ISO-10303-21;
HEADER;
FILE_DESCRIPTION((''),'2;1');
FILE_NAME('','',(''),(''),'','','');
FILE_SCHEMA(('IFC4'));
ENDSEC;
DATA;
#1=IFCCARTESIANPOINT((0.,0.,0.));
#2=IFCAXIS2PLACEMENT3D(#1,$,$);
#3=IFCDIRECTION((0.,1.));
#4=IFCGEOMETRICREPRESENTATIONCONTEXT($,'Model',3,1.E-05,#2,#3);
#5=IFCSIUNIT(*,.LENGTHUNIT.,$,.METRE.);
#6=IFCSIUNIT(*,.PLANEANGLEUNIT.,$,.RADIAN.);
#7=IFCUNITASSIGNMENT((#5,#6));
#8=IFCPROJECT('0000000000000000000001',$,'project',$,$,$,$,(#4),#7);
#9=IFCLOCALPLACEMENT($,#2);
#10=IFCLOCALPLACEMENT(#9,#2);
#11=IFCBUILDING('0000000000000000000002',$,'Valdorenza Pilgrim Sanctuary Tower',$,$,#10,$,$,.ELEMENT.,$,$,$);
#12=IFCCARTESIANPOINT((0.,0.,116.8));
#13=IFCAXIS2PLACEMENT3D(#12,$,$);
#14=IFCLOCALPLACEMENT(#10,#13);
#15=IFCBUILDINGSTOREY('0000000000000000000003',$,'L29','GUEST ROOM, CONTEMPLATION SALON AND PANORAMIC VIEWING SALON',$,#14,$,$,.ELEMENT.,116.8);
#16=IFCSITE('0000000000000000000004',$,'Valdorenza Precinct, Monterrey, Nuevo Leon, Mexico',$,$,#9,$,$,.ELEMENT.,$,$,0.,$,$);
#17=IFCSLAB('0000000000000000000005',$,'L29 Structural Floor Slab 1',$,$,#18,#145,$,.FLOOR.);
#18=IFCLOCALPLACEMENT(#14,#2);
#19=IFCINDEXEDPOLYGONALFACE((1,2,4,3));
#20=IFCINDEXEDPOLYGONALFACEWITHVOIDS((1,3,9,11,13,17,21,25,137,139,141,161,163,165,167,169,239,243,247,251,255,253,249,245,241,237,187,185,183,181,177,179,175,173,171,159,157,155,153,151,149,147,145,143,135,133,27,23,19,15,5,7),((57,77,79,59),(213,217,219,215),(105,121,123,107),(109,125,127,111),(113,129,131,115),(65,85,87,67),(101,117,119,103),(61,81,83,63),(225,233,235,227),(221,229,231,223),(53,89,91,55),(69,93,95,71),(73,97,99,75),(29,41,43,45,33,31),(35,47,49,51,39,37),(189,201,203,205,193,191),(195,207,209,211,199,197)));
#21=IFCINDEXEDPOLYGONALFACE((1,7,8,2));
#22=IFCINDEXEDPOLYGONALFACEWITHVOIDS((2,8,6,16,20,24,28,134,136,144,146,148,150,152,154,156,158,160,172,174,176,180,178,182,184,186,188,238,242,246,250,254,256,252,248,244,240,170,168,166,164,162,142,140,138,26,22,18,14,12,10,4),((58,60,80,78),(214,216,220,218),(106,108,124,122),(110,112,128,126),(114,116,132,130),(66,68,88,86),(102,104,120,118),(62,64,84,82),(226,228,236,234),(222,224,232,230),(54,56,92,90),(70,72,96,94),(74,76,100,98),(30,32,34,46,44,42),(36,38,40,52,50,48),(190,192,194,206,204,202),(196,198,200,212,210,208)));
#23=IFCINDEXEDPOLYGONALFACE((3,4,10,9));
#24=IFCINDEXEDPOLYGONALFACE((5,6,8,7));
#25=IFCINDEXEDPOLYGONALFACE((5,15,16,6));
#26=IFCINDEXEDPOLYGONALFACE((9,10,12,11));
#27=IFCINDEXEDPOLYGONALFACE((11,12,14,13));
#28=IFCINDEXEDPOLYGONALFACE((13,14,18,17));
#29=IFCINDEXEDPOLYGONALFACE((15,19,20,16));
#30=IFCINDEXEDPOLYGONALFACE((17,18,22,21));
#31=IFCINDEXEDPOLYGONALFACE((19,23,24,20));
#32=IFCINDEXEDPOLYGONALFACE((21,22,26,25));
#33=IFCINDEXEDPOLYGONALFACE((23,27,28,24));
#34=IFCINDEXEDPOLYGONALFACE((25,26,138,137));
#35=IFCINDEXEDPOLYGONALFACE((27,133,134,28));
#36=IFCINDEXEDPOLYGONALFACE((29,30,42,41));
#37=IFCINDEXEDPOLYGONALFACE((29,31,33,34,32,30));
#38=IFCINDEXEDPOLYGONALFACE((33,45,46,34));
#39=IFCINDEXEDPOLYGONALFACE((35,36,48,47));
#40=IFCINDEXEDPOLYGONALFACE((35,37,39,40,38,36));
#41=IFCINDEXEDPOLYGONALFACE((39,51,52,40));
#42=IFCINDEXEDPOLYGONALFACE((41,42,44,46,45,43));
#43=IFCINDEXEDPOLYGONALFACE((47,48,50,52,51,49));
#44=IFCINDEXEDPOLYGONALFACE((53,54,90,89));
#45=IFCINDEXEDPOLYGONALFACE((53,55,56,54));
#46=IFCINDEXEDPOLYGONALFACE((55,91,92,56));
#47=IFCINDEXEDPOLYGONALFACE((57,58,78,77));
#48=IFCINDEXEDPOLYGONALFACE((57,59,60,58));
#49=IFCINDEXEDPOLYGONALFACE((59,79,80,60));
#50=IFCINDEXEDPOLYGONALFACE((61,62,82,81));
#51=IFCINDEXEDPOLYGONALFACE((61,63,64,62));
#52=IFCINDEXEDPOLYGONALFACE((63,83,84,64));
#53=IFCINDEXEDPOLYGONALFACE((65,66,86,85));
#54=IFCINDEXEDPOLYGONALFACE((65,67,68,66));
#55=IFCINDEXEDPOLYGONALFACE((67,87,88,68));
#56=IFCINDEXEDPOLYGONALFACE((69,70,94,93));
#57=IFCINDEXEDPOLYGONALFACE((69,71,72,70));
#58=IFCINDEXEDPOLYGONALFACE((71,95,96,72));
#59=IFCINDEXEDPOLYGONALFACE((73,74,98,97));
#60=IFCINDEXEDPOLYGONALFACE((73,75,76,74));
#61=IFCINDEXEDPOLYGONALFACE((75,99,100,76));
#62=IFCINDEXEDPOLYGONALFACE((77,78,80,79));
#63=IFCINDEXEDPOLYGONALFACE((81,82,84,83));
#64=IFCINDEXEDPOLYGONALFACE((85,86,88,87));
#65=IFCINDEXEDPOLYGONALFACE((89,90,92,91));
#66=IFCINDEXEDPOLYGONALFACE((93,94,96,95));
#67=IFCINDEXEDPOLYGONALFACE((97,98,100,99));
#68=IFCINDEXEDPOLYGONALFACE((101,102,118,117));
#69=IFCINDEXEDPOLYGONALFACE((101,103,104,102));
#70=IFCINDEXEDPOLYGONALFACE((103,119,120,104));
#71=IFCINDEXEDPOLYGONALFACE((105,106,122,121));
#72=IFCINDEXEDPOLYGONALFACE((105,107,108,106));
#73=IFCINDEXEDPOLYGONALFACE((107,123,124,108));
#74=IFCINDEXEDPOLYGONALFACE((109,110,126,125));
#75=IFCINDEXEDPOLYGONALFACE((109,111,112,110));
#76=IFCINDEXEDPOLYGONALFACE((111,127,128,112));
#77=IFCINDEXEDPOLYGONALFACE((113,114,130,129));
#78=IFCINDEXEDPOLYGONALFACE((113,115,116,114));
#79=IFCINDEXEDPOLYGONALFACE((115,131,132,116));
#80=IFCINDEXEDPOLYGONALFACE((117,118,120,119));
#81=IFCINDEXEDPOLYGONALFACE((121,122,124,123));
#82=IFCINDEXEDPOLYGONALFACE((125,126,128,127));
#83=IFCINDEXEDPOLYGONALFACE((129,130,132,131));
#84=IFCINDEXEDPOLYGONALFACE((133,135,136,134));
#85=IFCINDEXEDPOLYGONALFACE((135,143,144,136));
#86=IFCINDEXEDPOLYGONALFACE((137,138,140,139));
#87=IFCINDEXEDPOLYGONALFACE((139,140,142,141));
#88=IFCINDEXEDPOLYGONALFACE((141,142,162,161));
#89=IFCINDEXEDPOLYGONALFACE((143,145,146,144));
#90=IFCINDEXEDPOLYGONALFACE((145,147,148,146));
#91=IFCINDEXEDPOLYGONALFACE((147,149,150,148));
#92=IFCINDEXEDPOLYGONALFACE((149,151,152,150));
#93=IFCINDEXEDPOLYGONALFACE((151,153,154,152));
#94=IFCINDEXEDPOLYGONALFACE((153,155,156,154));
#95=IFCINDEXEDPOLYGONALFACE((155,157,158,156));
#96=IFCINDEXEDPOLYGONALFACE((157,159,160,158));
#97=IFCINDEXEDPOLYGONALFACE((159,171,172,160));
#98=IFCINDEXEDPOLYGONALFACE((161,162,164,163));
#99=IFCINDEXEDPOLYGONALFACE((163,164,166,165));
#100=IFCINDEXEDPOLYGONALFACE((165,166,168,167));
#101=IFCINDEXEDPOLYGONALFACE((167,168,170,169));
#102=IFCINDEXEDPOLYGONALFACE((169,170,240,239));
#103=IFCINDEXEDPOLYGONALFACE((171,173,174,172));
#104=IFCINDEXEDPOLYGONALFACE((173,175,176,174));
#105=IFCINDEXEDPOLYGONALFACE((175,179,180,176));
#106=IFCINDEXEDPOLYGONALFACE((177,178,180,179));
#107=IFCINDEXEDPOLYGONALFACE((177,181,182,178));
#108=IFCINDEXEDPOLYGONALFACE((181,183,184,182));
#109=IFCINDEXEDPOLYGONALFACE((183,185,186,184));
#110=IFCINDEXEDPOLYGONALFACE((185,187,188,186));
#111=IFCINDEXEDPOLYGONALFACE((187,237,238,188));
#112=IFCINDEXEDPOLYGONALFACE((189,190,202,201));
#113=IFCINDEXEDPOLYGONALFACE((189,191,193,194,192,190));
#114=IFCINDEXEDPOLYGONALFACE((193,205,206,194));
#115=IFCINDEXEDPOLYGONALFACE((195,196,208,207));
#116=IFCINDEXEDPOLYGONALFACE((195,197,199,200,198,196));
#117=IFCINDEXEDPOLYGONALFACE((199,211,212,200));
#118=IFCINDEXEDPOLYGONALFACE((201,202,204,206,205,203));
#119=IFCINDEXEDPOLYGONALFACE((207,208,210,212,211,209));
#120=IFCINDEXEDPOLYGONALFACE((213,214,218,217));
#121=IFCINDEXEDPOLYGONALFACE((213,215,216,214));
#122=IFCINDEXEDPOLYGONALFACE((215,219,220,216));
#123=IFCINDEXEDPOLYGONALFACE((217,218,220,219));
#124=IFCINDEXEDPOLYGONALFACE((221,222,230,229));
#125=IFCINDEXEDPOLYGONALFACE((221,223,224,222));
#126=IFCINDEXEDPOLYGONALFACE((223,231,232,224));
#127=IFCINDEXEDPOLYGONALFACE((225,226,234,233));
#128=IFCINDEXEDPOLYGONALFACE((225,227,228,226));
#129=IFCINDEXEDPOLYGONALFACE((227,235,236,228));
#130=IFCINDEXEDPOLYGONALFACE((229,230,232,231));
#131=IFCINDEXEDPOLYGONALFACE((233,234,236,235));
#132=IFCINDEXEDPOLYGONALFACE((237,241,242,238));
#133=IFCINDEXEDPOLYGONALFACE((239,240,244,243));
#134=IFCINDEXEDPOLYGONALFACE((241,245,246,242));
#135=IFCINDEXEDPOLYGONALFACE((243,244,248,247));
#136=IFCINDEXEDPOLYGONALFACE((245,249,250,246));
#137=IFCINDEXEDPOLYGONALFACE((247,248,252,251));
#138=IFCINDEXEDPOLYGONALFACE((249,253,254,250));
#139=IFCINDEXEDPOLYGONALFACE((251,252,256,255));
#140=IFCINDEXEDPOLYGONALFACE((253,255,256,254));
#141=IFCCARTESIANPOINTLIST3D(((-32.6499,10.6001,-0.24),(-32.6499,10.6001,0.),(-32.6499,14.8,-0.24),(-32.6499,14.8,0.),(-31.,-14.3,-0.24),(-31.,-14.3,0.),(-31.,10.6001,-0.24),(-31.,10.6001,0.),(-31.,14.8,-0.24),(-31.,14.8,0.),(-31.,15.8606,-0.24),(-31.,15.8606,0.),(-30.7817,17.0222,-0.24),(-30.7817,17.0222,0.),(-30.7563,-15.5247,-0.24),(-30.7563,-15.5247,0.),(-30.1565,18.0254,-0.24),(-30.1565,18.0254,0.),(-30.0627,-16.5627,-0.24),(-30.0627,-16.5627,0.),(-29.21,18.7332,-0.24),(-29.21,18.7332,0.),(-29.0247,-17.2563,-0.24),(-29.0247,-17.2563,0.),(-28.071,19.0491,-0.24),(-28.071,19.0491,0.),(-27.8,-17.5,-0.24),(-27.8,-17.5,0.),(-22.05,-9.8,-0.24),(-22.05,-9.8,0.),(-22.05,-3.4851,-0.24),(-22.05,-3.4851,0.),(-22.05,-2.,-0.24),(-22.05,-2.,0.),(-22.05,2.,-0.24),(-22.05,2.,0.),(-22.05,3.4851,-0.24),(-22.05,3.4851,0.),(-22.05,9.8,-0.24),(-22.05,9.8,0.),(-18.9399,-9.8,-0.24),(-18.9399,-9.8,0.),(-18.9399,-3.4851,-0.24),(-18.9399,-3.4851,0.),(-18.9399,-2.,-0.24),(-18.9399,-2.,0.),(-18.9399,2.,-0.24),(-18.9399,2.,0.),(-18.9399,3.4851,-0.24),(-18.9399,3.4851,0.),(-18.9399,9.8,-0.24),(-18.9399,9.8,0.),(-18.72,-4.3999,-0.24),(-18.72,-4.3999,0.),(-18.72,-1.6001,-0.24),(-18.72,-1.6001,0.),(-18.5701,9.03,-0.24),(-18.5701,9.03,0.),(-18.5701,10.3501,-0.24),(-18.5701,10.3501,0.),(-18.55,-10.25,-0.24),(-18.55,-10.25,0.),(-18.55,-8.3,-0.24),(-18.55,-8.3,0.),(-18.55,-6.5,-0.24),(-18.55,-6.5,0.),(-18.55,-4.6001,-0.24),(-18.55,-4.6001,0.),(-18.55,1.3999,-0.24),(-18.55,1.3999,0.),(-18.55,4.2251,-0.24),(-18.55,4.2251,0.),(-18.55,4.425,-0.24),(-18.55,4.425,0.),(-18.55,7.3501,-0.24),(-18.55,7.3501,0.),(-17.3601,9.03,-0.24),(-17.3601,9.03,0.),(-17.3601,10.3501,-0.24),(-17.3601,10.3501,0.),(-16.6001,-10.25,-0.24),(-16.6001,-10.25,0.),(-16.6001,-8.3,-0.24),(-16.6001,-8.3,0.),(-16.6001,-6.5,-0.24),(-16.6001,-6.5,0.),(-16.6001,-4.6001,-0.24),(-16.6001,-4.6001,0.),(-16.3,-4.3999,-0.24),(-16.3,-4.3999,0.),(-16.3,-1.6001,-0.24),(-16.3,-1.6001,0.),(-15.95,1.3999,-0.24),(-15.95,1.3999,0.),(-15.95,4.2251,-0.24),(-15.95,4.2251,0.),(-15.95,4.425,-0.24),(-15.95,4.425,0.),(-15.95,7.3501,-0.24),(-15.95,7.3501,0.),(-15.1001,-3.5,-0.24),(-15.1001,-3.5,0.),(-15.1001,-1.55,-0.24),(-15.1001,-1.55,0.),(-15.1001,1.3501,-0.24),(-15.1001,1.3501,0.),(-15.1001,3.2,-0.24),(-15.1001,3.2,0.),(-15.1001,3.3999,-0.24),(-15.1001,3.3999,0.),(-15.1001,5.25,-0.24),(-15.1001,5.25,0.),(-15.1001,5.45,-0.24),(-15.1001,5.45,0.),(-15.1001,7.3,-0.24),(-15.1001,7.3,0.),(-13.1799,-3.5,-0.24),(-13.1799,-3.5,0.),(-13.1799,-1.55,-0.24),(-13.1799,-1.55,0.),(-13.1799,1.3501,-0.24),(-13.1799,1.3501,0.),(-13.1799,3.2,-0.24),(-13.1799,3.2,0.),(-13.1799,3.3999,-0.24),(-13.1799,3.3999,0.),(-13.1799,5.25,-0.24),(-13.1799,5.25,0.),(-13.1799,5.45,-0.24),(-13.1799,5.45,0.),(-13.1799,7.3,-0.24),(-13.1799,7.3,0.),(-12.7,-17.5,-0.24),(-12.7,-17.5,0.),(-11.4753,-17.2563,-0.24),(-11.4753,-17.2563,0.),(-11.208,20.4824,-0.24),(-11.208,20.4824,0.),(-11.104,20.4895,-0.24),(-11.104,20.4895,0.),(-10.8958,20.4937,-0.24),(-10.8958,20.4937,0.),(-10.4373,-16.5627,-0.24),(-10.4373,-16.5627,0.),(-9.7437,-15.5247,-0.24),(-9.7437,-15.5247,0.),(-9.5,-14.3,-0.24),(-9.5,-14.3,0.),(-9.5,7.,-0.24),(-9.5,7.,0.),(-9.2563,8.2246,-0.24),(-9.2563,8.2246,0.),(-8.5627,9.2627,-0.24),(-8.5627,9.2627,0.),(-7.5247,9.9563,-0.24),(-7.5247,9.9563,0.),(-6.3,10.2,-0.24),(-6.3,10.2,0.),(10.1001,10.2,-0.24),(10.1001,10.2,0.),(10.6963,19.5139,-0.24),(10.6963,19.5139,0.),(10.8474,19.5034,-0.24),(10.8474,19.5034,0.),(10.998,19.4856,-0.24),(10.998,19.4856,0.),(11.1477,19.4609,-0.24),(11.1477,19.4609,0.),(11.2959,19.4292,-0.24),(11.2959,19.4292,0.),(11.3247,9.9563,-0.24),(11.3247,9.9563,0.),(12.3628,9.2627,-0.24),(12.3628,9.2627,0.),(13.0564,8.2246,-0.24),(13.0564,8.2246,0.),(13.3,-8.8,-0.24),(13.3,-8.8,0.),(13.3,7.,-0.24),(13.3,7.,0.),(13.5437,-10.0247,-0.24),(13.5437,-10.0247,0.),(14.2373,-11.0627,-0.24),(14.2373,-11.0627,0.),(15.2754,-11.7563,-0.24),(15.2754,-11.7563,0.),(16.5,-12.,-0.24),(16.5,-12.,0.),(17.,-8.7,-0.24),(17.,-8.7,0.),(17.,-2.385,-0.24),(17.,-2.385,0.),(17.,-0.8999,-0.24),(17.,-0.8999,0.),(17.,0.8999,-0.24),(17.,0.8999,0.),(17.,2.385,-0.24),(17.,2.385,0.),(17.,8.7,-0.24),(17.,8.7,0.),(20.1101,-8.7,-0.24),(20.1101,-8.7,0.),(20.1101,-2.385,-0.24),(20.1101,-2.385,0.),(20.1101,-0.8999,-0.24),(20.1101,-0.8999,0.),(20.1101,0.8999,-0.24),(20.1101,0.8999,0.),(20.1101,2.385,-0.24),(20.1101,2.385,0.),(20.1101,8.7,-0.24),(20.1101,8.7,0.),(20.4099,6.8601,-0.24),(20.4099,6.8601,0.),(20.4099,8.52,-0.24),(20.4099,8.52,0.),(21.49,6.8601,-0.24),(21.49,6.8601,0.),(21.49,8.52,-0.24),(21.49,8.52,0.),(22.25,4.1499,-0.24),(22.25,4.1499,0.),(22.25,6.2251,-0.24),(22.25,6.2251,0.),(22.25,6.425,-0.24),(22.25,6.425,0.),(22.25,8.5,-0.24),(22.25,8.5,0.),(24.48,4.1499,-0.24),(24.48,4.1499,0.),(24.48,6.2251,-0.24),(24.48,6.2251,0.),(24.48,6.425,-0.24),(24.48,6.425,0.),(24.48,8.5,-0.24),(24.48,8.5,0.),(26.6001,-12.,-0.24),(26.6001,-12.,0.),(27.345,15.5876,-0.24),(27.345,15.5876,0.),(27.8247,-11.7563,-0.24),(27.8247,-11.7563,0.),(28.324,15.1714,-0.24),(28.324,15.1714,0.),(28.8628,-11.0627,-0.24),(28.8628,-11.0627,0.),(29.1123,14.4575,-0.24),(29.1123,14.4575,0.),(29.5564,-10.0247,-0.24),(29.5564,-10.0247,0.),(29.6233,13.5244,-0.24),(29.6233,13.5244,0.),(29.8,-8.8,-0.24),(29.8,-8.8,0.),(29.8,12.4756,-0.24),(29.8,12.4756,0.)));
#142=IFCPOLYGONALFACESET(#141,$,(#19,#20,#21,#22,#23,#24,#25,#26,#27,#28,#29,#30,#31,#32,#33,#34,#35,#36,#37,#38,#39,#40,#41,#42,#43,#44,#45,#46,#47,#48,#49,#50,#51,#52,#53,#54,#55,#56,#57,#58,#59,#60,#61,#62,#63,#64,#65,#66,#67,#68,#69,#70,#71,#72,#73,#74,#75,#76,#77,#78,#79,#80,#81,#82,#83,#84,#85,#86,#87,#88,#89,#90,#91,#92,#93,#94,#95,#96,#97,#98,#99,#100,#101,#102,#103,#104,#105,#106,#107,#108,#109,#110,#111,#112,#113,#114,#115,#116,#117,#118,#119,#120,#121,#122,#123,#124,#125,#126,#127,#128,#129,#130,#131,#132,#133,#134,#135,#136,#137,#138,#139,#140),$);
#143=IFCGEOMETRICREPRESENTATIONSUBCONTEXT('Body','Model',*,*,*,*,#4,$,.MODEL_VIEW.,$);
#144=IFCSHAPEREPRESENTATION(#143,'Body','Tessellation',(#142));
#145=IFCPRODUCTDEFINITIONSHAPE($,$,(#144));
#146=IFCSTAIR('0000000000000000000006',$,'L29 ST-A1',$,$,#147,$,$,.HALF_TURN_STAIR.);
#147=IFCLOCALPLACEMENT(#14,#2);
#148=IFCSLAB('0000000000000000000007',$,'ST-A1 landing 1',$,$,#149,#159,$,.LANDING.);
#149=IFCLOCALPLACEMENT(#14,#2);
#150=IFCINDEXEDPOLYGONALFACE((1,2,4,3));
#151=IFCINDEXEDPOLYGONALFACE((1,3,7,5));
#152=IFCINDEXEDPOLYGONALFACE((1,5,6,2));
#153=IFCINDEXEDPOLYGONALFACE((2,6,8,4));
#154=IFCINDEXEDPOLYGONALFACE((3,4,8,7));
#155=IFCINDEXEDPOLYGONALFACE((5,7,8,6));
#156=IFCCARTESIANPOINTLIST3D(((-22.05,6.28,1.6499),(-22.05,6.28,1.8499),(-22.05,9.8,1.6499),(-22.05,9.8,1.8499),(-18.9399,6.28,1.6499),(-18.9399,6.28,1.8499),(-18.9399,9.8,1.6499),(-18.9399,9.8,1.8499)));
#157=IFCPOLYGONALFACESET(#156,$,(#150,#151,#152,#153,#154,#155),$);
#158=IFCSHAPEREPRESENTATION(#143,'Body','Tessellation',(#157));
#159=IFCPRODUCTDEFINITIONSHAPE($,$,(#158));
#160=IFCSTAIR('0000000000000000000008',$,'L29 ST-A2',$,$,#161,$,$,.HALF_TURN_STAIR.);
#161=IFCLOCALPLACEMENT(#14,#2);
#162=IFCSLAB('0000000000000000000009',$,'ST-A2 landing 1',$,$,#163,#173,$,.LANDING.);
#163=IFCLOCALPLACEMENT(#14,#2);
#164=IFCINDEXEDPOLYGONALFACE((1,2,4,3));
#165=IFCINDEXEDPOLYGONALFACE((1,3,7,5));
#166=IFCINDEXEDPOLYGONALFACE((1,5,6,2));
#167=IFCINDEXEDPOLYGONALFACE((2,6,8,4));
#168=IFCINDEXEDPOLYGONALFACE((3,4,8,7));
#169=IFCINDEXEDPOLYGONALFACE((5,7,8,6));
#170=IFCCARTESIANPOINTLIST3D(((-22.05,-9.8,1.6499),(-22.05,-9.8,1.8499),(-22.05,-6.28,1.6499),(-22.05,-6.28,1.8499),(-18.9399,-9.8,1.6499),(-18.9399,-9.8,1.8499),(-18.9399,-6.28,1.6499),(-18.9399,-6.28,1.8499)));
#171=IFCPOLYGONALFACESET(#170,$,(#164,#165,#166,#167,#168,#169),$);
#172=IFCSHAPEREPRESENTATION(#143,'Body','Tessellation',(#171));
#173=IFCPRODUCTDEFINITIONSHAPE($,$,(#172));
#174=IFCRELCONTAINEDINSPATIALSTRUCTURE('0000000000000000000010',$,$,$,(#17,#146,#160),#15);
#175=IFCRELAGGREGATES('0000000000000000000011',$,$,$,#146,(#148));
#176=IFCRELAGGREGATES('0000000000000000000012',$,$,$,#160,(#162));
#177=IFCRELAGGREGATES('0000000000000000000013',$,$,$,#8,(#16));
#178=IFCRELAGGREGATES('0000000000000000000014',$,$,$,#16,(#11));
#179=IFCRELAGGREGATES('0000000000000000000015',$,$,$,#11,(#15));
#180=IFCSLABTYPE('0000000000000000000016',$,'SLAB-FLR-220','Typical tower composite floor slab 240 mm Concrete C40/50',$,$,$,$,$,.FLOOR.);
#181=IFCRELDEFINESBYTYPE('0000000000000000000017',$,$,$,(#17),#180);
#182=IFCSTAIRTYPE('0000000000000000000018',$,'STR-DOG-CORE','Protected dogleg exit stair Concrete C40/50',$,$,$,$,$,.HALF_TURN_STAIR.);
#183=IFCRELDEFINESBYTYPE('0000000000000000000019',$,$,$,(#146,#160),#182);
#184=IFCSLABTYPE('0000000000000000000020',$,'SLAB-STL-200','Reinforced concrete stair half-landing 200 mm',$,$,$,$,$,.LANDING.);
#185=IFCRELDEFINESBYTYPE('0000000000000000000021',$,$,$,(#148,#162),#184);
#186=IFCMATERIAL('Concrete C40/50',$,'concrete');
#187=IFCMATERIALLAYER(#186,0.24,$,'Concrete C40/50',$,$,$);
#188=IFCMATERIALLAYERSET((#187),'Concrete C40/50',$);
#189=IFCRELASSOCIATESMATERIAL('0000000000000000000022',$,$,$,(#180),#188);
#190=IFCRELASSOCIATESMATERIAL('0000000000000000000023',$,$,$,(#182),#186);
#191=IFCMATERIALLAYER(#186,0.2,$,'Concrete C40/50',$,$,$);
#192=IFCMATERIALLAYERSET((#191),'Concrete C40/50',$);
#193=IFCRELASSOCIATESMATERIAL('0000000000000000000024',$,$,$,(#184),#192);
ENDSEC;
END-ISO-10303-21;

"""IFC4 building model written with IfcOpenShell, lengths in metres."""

from ifc_helpers import new_model, si_unit, direction, frame, origin, place, context, subcontext, project, spatial, polyline, outline, extrude, material, layer, layer_set, type_object, element, aggregate, save


model = new_model("IFC4")

# Units and contexts
model_context = context("Model", 3, precision=1e-05, world=origin(), true_north=direction((0.0, 1.0)))
body_context = subcontext(model_context, "Body", "Model", "MODEL_VIEW")
ifc_project = project(units=[si_unit("LENGTHUNIT", "METRE"), si_unit("PLANEANGLEUNIT", "RADIAN")], contexts=[model_context])

# Site, building, storey
site_placement = place(None, origin())
site = spatial("IfcSite", under=ifc_project, at=site_placement, Name="Valdorenza Precinct, Monterrey, Nuevo Leon, Mexico", CompositionType="ELEMENT", RefElevation=0.0)
building_placement = place(site_placement, origin())
building = spatial("IfcBuilding", under=site, at=building_placement, Name="Valdorenza Pilgrim Sanctuary Tower", CompositionType="ELEMENT")
storey_placement = place(building_placement, frame((0.0, 0.0, 116.8)))
storey = spatial("IfcBuildingStorey", under=building, at=storey_placement, Name="L29", Description="GUEST ROOM, CONTEMPLATION SALON AND PANORAMIC VIEWING SALON", CompositionType="ELEMENT", Elevation=116.8)

# Slab
ifc_material_1 = material(Name="Concrete C40/50", Category="concrete")
ifc_layer_1 = layer(ifc_material_1, 0.24, Name="Concrete C40/50")
ifc_layer_set_1 = layer_set([ifc_layer_1], Name="Concrete C40/50")
slab_type_1 = type_object("IfcSlabType", Name="SLAB-FLR-220", Description="Typical tower composite floor slab 240 mm Concrete C40/50", PredefinedType="FLOOR", material=ifc_layer_set_1)
slab_1_placement = place(storey_placement, frame((0.0, 0.0, -0.24)))
element("IfcSlab", 1, at=slab_1_placement, inside=storey, type_object=slab_type_1, Name="L29 Structural Floor Slab 1", PredefinedType="FLOOR", context=body_context, shape_type="SweptSolid", body=[
    extrude(outline(polyline([(-30.7817, 17.0222), (-30.1565, 18.0254), (-29.21, 18.7332), (-28.071, 19.0491), (-11.208, 20.4824), (-11.104, 20.4895), (-10.8958, 20.4937), (10.6963, 19.5139), (10.8474, 19.5034), (10.998, 19.4856), (11.1477, 19.4609), (11.2959, 19.4292), (27.345, 15.5876), (28.324, 15.1714), (29.1123, 14.4575), (29.6233, 13.5244), (29.8, 12.4756), (29.8, -8.8), (29.5564, -10.0247), (28.8628, -11.0627), (27.8247, -11.7563), (26.6001, -12.0), (16.5, -12.0), (15.2754, -11.7563), (14.2373, -11.0627), (13.5437, -10.0247), (13.3, -8.8), (13.3, 7.0), (13.0564, 8.2246), (12.3628, 9.2627), (11.3247, 9.9563), (10.1001, 10.2), (-6.3, 10.2), (-7.5247, 9.9563), (-8.5627, 9.2627), (-9.2563, 8.2246), (-9.5, 7.0), (-9.5, -14.3), (-9.7437, -15.5247), (-10.4373, -16.5627), (-11.4753, -17.2563), (-12.7, -17.5), (-27.8, -17.5), (-29.0247, -17.2563), (-30.0627, -16.5627), (-30.7563, -15.5247), (-31.0, -14.3), (-31.0, 10.6001), (-32.6499, 10.6001), (-32.6499, 14.8), (-31.0, 14.8), (-31.0, 15.8606), (-30.7817, 17.0222)]), holes=[polyline([(-16.6001, -10.25), (-16.6001, -8.3), (-18.55, -8.3), (-18.55, -10.25), (-16.6001, -10.25)]), polyline([(-22.05, -9.8), (-18.9399, -9.8), (-18.9399, -3.4851), (-18.9399, -2.0), (-22.05, -2.0), (-22.05, -3.4851), (-22.05, -9.8)]), polyline([(-16.6001, -6.5), (-16.6001, -4.6001), (-18.55, -4.6001), (-18.55, -6.5), (-16.6001, -6.5)]), polyline([(-18.72, -4.3999), (-16.3, -4.3999), (-16.3, -1.6001), (-18.72, -1.6001), (-18.72, -4.3999)]), polyline([(-13.1799, 1.3501), (-13.1799, 3.2), (-15.1001, 3.2), (-15.1001, 1.3501), (-13.1799, 1.3501)]), polyline([(-22.05, 2.0), (-18.9399, 2.0), (-18.9399, 3.4851), (-18.9399, 9.8), (-22.05, 9.8), (-22.05, 3.4851), (-22.05, 2.0)]), polyline([(-15.95, 1.3999), (-15.95, 4.2251), (-18.55, 4.2251), (-18.55, 1.3999), (-15.95, 1.3999)]), polyline([(-18.55, 4.425), (-15.95, 4.425), (-15.95, 7.3501), (-18.55, 7.3501), (-18.55, 4.425)]), polyline([(-17.3601, 9.03), (-17.3601, 10.3501), (-18.5701, 10.3501), (-18.5701, 9.03), (-17.3601, 9.03)]), polyline([(17.0, -8.7), (20.1101, -8.7), (20.1101, -2.385), (20.1101, -0.8999), (17.0, -0.8999), (17.0, -2.385), (17.0, -8.7)]), polyline([(-13.1799, -3.5), (-13.1799, -1.55), (-15.1001, -1.55), (-15.1001, -3.5), (-13.1799, -3.5)]), polyline([(17.0, 0.8999), (20.1101, 0.8999), (20.1101, 2.385), (20.1101, 8.7), (17.0, 8.7), (17.0, 2.385), (17.0, 0.8999)]), polyline([(-13.1799, 3.3999), (-13.1799, 5.25), (-15.1001, 5.25), (-15.1001, 3.3999), (-13.1799, 3.3999)]), polyline([(22.25, 4.1499), (24.48, 4.1499), (24.48, 6.2251), (22.25, 6.2251), (22.25, 4.1499)]), polyline([(-13.1799, 5.45), (-13.1799, 7.3), (-15.1001, 7.3), (-15.1001, 5.45), (-13.1799, 5.45)]), polyline([(22.25, 6.425), (24.48, 6.425), (24.48, 8.5), (22.25, 8.5), (22.25, 6.425)]), polyline([(20.4099, 6.8601), (21.49, 6.8601), (21.49, 8.52), (20.4099, 8.52), (20.4099, 6.8601)])]), origin(), (0.0, 0.0, 1.0), 0.24),
])

# Stairs, slabs
stair_type = type_object("IfcStairType", Name="STR-DOG-CORE", Description="Protected dogleg exit stair Concrete C40/50", PredefinedType="HALF_TURN_STAIR", material=ifc_material_1)
stair_1_placement = place(storey_placement, origin())
stair_1 = element("IfcStair", 2, at=stair_1_placement, inside=storey, type_object=stair_type, Name="L29 ST-A1", PredefinedType="HALF_TURN_STAIR")
ifc_layer_2 = layer(ifc_material_1, 0.2, Name="Concrete C40/50")
ifc_layer_set_2 = layer_set([ifc_layer_2], Name="Concrete C40/50")
slab_type_2 = type_object("IfcSlabType", Name="SLAB-STL-200", Description="Reinforced concrete stair half-landing 200 mm", PredefinedType="LANDING", material=ifc_layer_set_2)
slab_2_placement = place(storey_placement, frame((0.0, 0.0, 1.6499)))
slab_2 = element("IfcSlab", 3, at=slab_2_placement, type_object=slab_type_2, Name="ST-A1 landing 1", PredefinedType="LANDING", context=body_context, shape_type="SweptSolid", body=[
    extrude(outline(polyline([(-18.9399, 6.28), (-18.9399, 9.8), (-22.05, 9.8), (-22.05, 6.28), (-18.9399, 6.28)])), origin(), (0.0, 0.0, 1.0), 0.2),
])
aggregate(stair_1, [slab_2])
stair_2_placement = place(storey_placement, origin())
stair_2 = element("IfcStair", 4, at=stair_2_placement, inside=storey, type_object=stair_type, Name="L29 ST-A2", PredefinedType="HALF_TURN_STAIR")
slab_3_placement = place(storey_placement, frame((0.0, 0.0, 1.6499)))
slab_3 = element("IfcSlab", 5, at=slab_3_placement, type_object=slab_type_2, Name="ST-A2 landing 1", PredefinedType="LANDING", context=body_context, shape_type="SweptSolid", body=[
    extrude(outline(polyline([(-22.05, -6.28), (-22.05, -9.8), (-18.9399, -9.8), (-18.9399, -6.28), (-22.05, -6.28)])), origin(), (0.0, 0.0, 1.0), 0.2),
])
aggregate(stair_2, [slab_3])

save(model, "model.ifc")
